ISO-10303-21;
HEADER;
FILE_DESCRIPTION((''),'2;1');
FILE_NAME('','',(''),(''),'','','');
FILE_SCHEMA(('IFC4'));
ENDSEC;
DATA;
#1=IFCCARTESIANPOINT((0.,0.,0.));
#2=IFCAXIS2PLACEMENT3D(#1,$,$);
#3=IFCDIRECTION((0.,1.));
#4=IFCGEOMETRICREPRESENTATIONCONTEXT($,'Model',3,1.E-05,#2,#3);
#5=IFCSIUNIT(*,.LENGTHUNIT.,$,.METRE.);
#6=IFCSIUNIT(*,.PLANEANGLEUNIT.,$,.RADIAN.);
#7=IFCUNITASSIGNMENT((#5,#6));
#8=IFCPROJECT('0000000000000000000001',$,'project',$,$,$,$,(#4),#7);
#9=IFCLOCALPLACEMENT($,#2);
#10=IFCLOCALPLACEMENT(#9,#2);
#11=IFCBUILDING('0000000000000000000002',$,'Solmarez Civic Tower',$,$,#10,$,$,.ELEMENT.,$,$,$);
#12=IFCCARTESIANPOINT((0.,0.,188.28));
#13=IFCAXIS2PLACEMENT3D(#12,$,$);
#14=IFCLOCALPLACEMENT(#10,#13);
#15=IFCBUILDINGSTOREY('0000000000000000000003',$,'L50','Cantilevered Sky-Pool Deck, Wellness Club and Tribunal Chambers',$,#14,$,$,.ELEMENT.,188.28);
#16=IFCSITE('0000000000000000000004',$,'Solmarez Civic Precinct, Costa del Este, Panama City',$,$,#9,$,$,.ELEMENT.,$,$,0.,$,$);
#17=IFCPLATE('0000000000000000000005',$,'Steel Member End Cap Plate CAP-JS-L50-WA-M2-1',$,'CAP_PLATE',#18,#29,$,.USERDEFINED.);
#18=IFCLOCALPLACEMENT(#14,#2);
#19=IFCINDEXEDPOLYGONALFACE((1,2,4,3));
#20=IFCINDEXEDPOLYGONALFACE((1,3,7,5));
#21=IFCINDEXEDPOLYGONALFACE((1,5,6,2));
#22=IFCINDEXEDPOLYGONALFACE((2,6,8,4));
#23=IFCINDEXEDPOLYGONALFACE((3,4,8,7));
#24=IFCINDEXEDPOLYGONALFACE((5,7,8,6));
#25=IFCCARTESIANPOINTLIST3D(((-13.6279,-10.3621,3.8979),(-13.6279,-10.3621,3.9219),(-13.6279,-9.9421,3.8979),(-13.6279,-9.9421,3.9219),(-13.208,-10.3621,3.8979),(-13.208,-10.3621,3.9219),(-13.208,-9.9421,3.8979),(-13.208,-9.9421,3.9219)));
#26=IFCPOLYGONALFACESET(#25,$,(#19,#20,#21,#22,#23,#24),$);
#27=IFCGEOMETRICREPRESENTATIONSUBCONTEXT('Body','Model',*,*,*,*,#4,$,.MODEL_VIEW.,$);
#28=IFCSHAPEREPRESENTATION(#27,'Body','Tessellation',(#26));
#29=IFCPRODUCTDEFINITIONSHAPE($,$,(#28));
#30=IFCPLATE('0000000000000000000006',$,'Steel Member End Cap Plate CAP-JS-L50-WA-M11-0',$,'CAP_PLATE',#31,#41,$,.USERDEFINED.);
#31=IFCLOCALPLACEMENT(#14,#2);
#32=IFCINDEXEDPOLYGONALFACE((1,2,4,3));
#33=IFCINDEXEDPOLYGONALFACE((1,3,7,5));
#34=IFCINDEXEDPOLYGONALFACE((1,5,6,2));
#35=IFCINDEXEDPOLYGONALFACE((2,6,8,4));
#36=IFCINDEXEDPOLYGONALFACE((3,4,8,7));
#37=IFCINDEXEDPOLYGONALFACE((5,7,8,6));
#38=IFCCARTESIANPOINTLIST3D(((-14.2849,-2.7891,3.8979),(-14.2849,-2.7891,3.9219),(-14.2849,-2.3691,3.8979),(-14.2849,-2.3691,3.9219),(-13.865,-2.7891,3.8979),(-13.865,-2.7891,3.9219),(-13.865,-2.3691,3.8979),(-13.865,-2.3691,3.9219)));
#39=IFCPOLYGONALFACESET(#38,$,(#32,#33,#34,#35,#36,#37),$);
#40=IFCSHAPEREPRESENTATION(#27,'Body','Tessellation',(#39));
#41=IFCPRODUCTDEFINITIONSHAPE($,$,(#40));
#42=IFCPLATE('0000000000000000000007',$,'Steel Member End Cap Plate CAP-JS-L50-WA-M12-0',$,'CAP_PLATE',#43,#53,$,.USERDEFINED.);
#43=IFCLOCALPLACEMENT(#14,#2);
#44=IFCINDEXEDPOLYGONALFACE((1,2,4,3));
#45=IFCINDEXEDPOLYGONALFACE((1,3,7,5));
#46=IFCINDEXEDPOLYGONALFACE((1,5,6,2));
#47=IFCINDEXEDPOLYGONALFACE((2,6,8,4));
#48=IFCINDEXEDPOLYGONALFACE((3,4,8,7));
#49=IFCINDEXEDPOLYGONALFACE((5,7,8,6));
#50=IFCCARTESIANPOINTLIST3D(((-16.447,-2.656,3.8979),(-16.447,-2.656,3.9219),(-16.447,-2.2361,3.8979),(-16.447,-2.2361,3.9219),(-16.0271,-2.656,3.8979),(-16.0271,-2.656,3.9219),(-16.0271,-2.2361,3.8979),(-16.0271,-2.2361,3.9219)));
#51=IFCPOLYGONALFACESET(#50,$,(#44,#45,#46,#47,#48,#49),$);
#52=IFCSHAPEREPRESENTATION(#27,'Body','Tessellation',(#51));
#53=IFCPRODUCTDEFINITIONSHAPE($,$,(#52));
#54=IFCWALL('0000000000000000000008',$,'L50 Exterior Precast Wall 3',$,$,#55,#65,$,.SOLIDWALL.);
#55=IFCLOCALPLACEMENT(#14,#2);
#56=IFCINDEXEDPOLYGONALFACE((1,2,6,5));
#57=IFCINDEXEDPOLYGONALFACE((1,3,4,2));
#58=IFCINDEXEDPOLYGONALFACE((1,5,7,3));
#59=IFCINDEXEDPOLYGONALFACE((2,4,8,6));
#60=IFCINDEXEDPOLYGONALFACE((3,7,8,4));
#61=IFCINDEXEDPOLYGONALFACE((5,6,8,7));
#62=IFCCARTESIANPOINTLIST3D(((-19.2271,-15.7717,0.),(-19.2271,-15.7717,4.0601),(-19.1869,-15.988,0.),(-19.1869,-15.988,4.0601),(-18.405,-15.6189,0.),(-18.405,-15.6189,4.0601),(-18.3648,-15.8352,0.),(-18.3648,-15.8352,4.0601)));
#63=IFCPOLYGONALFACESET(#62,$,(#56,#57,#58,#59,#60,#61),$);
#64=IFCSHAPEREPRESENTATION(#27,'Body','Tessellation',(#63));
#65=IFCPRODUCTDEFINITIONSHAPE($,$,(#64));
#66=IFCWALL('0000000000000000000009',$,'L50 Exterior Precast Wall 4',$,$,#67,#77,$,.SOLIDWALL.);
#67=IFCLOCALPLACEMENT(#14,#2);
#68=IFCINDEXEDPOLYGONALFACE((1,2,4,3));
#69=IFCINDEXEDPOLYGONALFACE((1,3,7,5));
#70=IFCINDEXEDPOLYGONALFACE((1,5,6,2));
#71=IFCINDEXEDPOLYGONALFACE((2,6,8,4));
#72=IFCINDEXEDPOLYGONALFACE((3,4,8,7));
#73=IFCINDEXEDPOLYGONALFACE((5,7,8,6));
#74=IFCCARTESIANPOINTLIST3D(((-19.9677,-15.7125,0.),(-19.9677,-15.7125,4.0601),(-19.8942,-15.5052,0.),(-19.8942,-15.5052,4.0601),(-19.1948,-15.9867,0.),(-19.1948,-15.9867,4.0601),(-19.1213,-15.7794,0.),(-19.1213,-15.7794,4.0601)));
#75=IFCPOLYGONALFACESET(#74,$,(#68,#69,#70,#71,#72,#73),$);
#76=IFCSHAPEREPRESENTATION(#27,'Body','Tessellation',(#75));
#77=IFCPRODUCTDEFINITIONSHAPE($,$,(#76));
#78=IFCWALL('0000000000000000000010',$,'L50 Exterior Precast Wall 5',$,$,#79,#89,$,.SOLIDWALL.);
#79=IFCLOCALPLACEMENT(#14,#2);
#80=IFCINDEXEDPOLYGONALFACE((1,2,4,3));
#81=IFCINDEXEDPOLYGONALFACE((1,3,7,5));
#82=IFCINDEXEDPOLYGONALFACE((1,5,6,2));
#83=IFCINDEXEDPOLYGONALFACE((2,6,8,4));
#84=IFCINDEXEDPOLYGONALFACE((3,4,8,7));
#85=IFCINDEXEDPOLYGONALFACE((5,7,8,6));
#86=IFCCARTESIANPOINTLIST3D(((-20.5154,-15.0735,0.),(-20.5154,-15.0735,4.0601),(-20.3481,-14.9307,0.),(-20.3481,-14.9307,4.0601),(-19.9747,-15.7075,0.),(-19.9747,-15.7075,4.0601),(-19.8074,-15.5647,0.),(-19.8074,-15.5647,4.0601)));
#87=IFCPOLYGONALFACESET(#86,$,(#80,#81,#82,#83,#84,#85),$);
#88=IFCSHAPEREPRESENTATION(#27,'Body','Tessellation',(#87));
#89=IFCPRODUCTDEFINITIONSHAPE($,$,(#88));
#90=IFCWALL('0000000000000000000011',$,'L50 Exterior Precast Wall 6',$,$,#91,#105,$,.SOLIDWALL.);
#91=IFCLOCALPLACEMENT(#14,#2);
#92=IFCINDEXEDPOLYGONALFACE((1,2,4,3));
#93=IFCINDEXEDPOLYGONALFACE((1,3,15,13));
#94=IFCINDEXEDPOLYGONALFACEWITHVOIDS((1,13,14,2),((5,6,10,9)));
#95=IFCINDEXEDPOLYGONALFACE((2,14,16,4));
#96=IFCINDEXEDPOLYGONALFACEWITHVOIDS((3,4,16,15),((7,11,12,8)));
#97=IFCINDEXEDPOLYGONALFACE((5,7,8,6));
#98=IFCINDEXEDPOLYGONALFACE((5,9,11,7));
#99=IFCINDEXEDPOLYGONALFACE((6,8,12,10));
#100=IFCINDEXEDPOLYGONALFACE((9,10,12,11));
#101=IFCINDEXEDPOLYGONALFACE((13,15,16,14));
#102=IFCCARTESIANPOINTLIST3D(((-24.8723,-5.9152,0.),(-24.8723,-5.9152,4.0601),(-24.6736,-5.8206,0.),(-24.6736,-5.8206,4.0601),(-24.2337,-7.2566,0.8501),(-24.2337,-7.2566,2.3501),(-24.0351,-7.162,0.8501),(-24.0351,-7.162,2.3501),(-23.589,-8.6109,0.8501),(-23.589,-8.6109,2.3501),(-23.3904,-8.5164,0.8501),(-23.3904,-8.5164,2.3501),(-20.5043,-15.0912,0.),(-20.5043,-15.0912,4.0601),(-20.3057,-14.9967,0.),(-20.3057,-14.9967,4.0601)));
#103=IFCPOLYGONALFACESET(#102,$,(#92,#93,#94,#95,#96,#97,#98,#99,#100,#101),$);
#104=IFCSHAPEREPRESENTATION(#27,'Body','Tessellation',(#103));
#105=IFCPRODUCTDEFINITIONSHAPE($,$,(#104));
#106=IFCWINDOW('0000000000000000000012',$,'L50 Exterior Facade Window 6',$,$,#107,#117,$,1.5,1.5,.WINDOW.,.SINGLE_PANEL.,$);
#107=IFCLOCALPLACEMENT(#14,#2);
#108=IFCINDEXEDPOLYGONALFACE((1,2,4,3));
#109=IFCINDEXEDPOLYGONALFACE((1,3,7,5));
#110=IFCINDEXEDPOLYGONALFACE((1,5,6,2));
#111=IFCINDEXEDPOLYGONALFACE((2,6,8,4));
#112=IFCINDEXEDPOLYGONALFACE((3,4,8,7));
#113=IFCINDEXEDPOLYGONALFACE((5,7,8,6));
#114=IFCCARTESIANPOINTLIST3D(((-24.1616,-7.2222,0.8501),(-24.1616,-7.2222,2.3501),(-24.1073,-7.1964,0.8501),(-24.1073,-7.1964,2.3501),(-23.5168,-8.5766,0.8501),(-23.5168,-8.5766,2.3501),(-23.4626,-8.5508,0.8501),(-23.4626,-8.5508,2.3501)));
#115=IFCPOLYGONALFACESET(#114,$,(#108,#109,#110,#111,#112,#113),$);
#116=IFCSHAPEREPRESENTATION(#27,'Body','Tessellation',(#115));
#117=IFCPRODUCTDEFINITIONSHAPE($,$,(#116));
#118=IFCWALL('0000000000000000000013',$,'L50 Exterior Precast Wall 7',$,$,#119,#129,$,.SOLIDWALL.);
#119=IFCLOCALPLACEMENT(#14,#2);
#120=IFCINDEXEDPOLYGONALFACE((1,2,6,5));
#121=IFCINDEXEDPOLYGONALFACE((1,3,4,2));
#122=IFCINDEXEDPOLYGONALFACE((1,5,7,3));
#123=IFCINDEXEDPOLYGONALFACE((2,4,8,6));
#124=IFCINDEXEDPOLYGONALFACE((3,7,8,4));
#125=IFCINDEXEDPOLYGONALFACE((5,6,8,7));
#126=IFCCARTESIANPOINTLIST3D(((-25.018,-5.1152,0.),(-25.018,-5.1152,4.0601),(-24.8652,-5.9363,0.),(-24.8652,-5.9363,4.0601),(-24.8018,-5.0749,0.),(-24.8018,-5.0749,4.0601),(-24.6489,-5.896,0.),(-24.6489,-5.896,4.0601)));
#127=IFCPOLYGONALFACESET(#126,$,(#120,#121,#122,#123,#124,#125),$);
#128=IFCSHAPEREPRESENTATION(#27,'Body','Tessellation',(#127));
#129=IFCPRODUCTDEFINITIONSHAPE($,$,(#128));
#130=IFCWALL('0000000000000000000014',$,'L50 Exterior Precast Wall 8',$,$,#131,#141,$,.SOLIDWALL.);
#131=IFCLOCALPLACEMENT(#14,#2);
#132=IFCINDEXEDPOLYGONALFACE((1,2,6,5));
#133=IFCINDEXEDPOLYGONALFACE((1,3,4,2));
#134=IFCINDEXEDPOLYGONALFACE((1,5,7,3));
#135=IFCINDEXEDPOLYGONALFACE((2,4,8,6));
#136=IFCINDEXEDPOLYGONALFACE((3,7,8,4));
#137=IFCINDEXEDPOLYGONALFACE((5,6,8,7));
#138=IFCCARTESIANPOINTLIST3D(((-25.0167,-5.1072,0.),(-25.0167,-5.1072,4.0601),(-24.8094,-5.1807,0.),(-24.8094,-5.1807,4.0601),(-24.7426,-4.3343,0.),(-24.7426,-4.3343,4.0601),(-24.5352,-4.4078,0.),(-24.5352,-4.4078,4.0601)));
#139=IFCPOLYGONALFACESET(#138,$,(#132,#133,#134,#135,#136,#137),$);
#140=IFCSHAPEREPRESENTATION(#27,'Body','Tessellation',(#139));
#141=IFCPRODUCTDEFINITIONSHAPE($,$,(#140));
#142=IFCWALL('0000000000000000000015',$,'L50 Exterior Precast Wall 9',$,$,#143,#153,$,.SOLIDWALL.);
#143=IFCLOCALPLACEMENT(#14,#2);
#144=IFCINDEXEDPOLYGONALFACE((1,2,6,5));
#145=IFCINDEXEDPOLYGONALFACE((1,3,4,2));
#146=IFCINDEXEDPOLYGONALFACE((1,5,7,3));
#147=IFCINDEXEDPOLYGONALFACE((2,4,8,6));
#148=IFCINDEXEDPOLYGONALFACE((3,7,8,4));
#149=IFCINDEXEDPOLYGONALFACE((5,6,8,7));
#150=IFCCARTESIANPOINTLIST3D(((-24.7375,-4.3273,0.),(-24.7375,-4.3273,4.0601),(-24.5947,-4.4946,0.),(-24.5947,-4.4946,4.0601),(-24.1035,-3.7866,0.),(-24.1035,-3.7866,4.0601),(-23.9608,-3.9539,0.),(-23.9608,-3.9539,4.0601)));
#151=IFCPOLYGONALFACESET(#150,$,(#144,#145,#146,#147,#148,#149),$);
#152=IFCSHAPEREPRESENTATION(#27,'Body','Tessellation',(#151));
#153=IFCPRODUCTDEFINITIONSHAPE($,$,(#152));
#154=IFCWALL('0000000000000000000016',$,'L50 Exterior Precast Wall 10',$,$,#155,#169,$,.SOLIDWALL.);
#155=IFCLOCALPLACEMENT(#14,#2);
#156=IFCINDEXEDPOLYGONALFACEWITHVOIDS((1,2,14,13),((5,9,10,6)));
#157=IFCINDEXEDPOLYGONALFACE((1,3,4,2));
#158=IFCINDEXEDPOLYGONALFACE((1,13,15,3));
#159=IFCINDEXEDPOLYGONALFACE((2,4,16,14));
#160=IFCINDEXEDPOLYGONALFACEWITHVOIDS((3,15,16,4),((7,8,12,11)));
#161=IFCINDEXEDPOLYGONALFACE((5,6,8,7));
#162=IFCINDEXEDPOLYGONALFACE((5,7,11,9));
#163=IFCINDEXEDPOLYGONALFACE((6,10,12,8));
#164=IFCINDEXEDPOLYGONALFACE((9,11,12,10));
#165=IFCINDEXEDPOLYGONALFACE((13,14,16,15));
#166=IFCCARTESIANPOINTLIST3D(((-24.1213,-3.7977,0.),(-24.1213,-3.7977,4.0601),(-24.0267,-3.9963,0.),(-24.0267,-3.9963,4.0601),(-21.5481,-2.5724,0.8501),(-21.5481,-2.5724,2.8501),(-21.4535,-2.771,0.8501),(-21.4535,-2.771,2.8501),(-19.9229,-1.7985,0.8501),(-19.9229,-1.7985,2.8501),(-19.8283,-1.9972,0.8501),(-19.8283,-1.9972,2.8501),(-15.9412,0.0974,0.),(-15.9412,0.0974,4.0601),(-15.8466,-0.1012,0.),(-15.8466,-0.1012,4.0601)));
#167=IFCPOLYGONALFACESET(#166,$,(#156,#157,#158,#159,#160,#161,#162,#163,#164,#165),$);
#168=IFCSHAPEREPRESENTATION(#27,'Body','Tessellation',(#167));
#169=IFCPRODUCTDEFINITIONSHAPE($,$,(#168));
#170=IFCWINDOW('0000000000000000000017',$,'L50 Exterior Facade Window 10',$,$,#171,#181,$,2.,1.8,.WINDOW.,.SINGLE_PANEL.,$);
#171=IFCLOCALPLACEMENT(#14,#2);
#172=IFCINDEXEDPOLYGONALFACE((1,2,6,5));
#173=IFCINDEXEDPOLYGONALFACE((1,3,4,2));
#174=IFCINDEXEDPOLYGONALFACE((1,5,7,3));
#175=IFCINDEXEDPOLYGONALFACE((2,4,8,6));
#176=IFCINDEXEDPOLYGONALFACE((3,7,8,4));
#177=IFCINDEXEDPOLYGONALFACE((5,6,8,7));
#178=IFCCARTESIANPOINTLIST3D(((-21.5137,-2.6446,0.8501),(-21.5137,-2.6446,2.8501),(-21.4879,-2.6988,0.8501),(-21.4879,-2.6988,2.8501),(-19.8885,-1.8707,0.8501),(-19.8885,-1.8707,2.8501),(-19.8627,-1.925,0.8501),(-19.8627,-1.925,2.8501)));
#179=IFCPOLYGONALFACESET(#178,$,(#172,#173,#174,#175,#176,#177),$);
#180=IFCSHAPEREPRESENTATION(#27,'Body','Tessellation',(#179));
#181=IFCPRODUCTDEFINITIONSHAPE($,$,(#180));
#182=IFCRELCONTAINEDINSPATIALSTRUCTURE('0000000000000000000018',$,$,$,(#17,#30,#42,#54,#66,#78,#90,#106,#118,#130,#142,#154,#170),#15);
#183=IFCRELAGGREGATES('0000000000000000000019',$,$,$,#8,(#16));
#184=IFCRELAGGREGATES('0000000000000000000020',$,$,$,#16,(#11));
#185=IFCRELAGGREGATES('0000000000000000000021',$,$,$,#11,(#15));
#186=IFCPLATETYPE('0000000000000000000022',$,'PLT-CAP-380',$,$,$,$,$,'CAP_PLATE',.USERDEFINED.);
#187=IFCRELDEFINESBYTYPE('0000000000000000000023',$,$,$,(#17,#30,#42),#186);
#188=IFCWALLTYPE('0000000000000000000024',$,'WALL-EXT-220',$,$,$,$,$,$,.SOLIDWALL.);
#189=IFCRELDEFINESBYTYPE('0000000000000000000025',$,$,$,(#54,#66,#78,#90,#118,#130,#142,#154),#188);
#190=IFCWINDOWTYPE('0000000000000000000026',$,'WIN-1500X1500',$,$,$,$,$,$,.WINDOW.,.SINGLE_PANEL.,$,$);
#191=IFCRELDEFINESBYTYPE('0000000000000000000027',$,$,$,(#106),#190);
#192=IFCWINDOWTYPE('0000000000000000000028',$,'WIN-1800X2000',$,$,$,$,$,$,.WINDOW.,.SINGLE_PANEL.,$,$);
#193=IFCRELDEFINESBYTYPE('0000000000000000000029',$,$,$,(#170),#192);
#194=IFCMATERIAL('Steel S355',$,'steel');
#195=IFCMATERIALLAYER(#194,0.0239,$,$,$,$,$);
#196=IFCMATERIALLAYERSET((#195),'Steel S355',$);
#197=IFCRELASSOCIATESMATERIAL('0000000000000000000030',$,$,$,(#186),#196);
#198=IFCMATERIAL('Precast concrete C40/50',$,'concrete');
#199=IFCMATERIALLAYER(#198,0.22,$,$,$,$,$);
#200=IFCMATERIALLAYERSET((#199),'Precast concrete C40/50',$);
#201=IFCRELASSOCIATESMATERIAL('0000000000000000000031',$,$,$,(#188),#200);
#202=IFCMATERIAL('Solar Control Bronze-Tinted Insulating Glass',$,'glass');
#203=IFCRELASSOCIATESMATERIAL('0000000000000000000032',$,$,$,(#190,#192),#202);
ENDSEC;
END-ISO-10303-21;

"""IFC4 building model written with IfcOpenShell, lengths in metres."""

from ifc_helpers import new_model, si_unit, direction, frame, frame_2d, origin, origin_2d, place, context, subcontext, project, spatial, rectangle, extrude, material, layer, layer_set, type_object, element, fill, save


model = new_model("IFC4")

# Units and contexts
model_context = context("Model", 3, precision=1e-05, world=origin(), true_north=direction((0.0, 1.0)))
body_context = subcontext(model_context, "Body", "Model", "MODEL_VIEW")
ifc_project = project(units=[si_unit("LENGTHUNIT", "METRE"), si_unit("PLANEANGLEUNIT", "RADIAN")], contexts=[model_context])

# Site, building, storey
site_placement = place(None, origin())
site = spatial("IfcSite", under=ifc_project, at=site_placement, Name="Solmarez Civic Precinct, Costa del Este, Panama City", CompositionType="ELEMENT", RefElevation=0.0)
building_placement = place(site_placement, origin())
building = spatial("IfcBuilding", under=site, at=building_placement, Name="Solmarez Civic Tower", CompositionType="ELEMENT")
storey_placement = place(building_placement, frame((0.0, 0.0, 188.28)))
storey = spatial("IfcBuildingStorey", under=building, at=storey_placement, Name="L50", Description="Cantilevered Sky-Pool Deck, Wellness Club and Tribunal Chambers", CompositionType="ELEMENT", Elevation=188.28)

# Shared definitions
ifc_material_1 = material(Name="Steel S355", Category="steel")

# Plates
ifc_layer_1 = layer(ifc_material_1, 0.0239)
ifc_layer_set_1 = layer_set([ifc_layer_1], Name="Steel S355")
plate_type = type_object("IfcPlateType", Name="PLT-CAP-380", ElementType="CAP_PLATE", PredefinedType="USERDEFINED", material=ifc_layer_set_1)
for number, where, z_axis, x_axis, name in (
    (1, (-13.418, -10.1521, 3.8979), (0.0, 0.0, 1.0), (1.0, 0.0, 0.0), "Steel Member End Cap Plate CAP-JS-L50-WA-M2-1"),
    (2, (-14.075, -2.5791, 3.8979), (0.0, 0.0, 1.0), (1.0, 0.0, 0.0), "Steel Member End Cap Plate CAP-JS-L50-WA-M11-0"),
    (3, (-16.2371, -2.446, 3.8979), (0.0, 0.0, 1.0), (1.0, 0.0, 0.0), "Steel Member End Cap Plate CAP-JS-L50-WA-M12-0"),
):
    element("IfcPlate", number, at=place(storey_placement, frame(where, z_axis=z_axis, x_axis=x_axis)), inside=storey, type_object=plate_type, Name=name, ObjectType="CAP_PLATE", PredefinedType="USERDEFINED", context=body_context, shape_type="SweptSolid", body=[
        extrude(rectangle(XDim=0.4199, YDim=0.4199, at=origin_2d()), origin(), (0.0, 0.0, 1.0), 0.0239),
    ])

# Walls
ifc_material_2 = material(Name="Precast concrete C40/50", Category="concrete")
ifc_layer_2 = layer(ifc_material_2, 0.22)
ifc_layer_set_2 = layer_set([ifc_layer_2], Name="Precast concrete C40/50")
wall_type_1 = type_object("IfcWallType", Name="WALL-EXT-220", PredefinedType="SOLIDWALL", material=ifc_layer_set_2)
wall_1_placement = place(storey_placement, frame((-18.385, -15.7271, 0.0), z_axis=(0.0, 0.0, 1.0), x_axis=(-0.983152, -0.18279, 0.0)))
element("IfcWall", 4, at=wall_1_placement, inside=storey, type_object=wall_type_1, Name="L50 Exterior Precast Wall 3", PredefinedType="SOLIDWALL", context=body_context, shape_type="SweptSolid", body=[
    extrude(rectangle(XDim=0.8362, YDim=0.22, at=frame_2d((0.418, 0.0))), origin(), (0.0, 0.0, 1.0), 4.0601),
])
wall_2_placement = place(storey_placement, frame((-19.158, -15.8831, 0.0), z_axis=(0.0, 0.0, 1.0), x_axis=(-0.942467, 0.334299, 0.0)))
element("IfcWall", 5, at=wall_2_placement, inside=storey, type_object=wall_type_1, Name="L50 Exterior Precast Wall 4", PredefinedType="SOLIDWALL", context=body_context, shape_type="SweptSolid", body=[
    extrude(rectangle(XDim=0.8201, YDim=0.22, at=frame_2d((0.4102, 0.0))), origin(), (0.0, 0.0, 1.0), 4.0601),
])
wall_3_placement = place(storey_placement, frame((-19.8911, -15.636, 0.0), z_axis=(0.0, 0.0, 1.0), x_axis=(-0.648932, 0.760847, 0.0)))
element("IfcWall", 6, at=wall_3_placement, inside=storey, type_object=wall_type_1, Name="L50 Exterior Precast Wall 5", PredefinedType="SOLIDWALL", context=body_context, shape_type="SweptSolid", body=[
    extrude(rectangle(XDim=0.8333, YDim=0.22, at=frame_2d((0.4165, 0.0))), origin(), (0.0, 0.0, 1.0), 4.0601),
])

# Wall, opening, window
wall_4_placement = place(storey_placement, frame((-20.405, -15.0439, 0.0), z_axis=(0.0, 0.0, 1.0), x_axis=(-0.429804, 0.902922, 0.0)))
wall_4 = element("IfcWall", 7, at=wall_4_placement, inside=storey, type_object=wall_type_1, Name="L50 Exterior Precast Wall 6", PredefinedType="SOLIDWALL", context=body_context, shape_type="SweptSolid", body=[
    extrude(rectangle(XDim=10.1626, YDim=0.22, at=frame_2d((5.0813, 0.0))), origin(), (0.0, 0.0, 1.0), 4.0601),
])
opening_1_placement = place(wall_4_placement, frame((7.177, 0.0, 0.8501)))
opening_1 = element("IfcOpeningElement", 8, at=opening_1_placement, cuts=wall_4, PredefinedType="OPENING", context=body_context, shape_type="SweptSolid", body=[
    extrude(rectangle(XDim=1.5, YDim=1.5, at=frame_2d((0.75, 0.75))), frame((0.0, 0.1199, 0.0), z_axis=(0.0, -1.0, 0.0), x_axis=(1.0, 0.0, 0.0)), (0.0, 0.0, 1.0), 0.24),
])
ifc_material_3 = material(Name="Solar Control Bronze-Tinted Insulating Glass", Category="glass")
window_type_1 = type_object("IfcWindowType", Name="WIN-1500X1500", PartitioningType="SINGLE_PANEL", PredefinedType="WINDOW", material=ifc_material_3)
window_1_placement = place(opening_1_placement, origin())
window_1 = element("IfcWindow", 9, at=window_1_placement, inside=storey, type_object=window_type_1, Name="L50 Exterior Facade Window 6", OverallHeight=1.5, OverallWidth=1.5, PartitioningType="SINGLE_PANEL", PredefinedType="WINDOW", context=body_context, shape_type="SweptSolid", body=[
    extrude(rectangle(XDim=1.5, YDim=1.5, at=frame_2d((0.75, 0.75))), frame((0.0, 0.03, 0.0), z_axis=(0.0, -1.0, 0.0), x_axis=(1.0, 0.0, 0.0)), (0.0, 0.0, 1.0), 0.0601),
])
fill(opening_1, window_1)

# Walls
wall_5_placement = place(storey_placement, frame((-24.7571, -5.916, 0.0), z_axis=(0.0, 0.0, 1.0), x_axis=(-0.183, 0.983113, 0.0)))
element("IfcWall", 10, at=wall_5_placement, inside=storey, type_object=wall_type_1, Name="L50 Exterior Precast Wall 7", PredefinedType="SOLIDWALL", context=body_context, shape_type="SweptSolid", body=[
    extrude(rectangle(XDim=0.8352, YDim=0.22, at=frame_2d((0.4175, 0.0))), origin(), (0.0, 0.0, 1.0), 4.0601),
])
wall_6_placement = place(storey_placement, frame((-24.9131, -5.144, 0.0), z_axis=(0.0, 0.0, 1.0), x_axis=(0.334299, 0.942467, 0.0)))
element("IfcWall", 11, at=wall_6_placement, inside=storey, type_object=wall_type_1, Name="L50 Exterior Precast Wall 8", PredefinedType="SOLIDWALL", context=body_context, shape_type="SweptSolid", body=[
    extrude(rectangle(XDim=0.8201, YDim=0.22, at=frame_2d((0.4102, 0.0))), origin(), (0.0, 0.0, 1.0), 4.0601),
])
wall_7_placement = place(storey_placement, frame((-24.666, -4.4109, 0.0), z_axis=(0.0, 0.0, 1.0), x_axis=(0.760847, 0.648932, 0.0)))
element("IfcWall", 12, at=wall_7_placement, inside=storey, type_object=wall_type_1, Name="L50 Exterior Precast Wall 9", PredefinedType="SOLIDWALL", context=body_context, shape_type="SweptSolid", body=[
    extrude(rectangle(XDim=0.8333, YDim=0.22, at=frame_2d((0.4165, 0.0))), origin(), (0.0, 0.0, 1.0), 4.0601),
])

# Wall, opening, window
wall_8_placement = place(storey_placement, frame((-24.074, -3.897, 0.0), z_axis=(0.0, 0.0, 1.0), x_axis=(0.902868, 0.429917, 0.0)))
wall_8 = element("IfcWall", 13, at=wall_8_placement, inside=storey, type_object=wall_type_1, Name="L50 Exterior Precast Wall 10", PredefinedType="SOLIDWALL", context=body_context, shape_type="SweptSolid", body=[
    extrude(rectangle(XDim=9.0601, YDim=0.22, at=frame_2d((4.53, 0.0))), origin(), (0.0, 0.0, 1.0), 4.0601),
])
opening_2_placement = place(wall_8_placement, frame((2.8501, 0.0, 0.8501)))
opening_2 = element("IfcOpeningElement", 14, at=opening_2_placement, cuts=wall_8, PredefinedType="OPENING", context=body_context, shape_type="SweptSolid", body=[
    extrude(rectangle(XDim=1.8, YDim=2.0, at=frame_2d((0.8999, 1.0))), frame((0.0, 0.1199, 0.0), z_axis=(0.0, -1.0, 0.0), x_axis=(1.0, 0.0, 0.0)), (0.0, 0.0, 1.0), 0.24),
])
window_type_2 = type_object("IfcWindowType", Name="WIN-1800X2000", PartitioningType="SINGLE_PANEL", PredefinedType="WINDOW", material=ifc_material_3)
window_2_placement = place(opening_2_placement, origin())
window_2 = element("IfcWindow", 15, at=window_2_placement, inside=storey, type_object=window_type_2, Name="L50 Exterior Facade Window 10", OverallHeight=2.0, OverallWidth=1.8, PartitioningType="SINGLE_PANEL", PredefinedType="WINDOW", context=body_context, shape_type="SweptSolid", body=[
    extrude(rectangle(XDim=1.8, YDim=2.0, at=frame_2d((0.8999, 1.0))), frame((0.0, 0.03, 0.0), z_axis=(0.0, -1.0, 0.0), x_axis=(1.0, 0.0, 0.0)), (0.0, 0.0, 1.0), 0.0601),
])
fill(opening_2, window_2)

save(model, "model.ifc")
